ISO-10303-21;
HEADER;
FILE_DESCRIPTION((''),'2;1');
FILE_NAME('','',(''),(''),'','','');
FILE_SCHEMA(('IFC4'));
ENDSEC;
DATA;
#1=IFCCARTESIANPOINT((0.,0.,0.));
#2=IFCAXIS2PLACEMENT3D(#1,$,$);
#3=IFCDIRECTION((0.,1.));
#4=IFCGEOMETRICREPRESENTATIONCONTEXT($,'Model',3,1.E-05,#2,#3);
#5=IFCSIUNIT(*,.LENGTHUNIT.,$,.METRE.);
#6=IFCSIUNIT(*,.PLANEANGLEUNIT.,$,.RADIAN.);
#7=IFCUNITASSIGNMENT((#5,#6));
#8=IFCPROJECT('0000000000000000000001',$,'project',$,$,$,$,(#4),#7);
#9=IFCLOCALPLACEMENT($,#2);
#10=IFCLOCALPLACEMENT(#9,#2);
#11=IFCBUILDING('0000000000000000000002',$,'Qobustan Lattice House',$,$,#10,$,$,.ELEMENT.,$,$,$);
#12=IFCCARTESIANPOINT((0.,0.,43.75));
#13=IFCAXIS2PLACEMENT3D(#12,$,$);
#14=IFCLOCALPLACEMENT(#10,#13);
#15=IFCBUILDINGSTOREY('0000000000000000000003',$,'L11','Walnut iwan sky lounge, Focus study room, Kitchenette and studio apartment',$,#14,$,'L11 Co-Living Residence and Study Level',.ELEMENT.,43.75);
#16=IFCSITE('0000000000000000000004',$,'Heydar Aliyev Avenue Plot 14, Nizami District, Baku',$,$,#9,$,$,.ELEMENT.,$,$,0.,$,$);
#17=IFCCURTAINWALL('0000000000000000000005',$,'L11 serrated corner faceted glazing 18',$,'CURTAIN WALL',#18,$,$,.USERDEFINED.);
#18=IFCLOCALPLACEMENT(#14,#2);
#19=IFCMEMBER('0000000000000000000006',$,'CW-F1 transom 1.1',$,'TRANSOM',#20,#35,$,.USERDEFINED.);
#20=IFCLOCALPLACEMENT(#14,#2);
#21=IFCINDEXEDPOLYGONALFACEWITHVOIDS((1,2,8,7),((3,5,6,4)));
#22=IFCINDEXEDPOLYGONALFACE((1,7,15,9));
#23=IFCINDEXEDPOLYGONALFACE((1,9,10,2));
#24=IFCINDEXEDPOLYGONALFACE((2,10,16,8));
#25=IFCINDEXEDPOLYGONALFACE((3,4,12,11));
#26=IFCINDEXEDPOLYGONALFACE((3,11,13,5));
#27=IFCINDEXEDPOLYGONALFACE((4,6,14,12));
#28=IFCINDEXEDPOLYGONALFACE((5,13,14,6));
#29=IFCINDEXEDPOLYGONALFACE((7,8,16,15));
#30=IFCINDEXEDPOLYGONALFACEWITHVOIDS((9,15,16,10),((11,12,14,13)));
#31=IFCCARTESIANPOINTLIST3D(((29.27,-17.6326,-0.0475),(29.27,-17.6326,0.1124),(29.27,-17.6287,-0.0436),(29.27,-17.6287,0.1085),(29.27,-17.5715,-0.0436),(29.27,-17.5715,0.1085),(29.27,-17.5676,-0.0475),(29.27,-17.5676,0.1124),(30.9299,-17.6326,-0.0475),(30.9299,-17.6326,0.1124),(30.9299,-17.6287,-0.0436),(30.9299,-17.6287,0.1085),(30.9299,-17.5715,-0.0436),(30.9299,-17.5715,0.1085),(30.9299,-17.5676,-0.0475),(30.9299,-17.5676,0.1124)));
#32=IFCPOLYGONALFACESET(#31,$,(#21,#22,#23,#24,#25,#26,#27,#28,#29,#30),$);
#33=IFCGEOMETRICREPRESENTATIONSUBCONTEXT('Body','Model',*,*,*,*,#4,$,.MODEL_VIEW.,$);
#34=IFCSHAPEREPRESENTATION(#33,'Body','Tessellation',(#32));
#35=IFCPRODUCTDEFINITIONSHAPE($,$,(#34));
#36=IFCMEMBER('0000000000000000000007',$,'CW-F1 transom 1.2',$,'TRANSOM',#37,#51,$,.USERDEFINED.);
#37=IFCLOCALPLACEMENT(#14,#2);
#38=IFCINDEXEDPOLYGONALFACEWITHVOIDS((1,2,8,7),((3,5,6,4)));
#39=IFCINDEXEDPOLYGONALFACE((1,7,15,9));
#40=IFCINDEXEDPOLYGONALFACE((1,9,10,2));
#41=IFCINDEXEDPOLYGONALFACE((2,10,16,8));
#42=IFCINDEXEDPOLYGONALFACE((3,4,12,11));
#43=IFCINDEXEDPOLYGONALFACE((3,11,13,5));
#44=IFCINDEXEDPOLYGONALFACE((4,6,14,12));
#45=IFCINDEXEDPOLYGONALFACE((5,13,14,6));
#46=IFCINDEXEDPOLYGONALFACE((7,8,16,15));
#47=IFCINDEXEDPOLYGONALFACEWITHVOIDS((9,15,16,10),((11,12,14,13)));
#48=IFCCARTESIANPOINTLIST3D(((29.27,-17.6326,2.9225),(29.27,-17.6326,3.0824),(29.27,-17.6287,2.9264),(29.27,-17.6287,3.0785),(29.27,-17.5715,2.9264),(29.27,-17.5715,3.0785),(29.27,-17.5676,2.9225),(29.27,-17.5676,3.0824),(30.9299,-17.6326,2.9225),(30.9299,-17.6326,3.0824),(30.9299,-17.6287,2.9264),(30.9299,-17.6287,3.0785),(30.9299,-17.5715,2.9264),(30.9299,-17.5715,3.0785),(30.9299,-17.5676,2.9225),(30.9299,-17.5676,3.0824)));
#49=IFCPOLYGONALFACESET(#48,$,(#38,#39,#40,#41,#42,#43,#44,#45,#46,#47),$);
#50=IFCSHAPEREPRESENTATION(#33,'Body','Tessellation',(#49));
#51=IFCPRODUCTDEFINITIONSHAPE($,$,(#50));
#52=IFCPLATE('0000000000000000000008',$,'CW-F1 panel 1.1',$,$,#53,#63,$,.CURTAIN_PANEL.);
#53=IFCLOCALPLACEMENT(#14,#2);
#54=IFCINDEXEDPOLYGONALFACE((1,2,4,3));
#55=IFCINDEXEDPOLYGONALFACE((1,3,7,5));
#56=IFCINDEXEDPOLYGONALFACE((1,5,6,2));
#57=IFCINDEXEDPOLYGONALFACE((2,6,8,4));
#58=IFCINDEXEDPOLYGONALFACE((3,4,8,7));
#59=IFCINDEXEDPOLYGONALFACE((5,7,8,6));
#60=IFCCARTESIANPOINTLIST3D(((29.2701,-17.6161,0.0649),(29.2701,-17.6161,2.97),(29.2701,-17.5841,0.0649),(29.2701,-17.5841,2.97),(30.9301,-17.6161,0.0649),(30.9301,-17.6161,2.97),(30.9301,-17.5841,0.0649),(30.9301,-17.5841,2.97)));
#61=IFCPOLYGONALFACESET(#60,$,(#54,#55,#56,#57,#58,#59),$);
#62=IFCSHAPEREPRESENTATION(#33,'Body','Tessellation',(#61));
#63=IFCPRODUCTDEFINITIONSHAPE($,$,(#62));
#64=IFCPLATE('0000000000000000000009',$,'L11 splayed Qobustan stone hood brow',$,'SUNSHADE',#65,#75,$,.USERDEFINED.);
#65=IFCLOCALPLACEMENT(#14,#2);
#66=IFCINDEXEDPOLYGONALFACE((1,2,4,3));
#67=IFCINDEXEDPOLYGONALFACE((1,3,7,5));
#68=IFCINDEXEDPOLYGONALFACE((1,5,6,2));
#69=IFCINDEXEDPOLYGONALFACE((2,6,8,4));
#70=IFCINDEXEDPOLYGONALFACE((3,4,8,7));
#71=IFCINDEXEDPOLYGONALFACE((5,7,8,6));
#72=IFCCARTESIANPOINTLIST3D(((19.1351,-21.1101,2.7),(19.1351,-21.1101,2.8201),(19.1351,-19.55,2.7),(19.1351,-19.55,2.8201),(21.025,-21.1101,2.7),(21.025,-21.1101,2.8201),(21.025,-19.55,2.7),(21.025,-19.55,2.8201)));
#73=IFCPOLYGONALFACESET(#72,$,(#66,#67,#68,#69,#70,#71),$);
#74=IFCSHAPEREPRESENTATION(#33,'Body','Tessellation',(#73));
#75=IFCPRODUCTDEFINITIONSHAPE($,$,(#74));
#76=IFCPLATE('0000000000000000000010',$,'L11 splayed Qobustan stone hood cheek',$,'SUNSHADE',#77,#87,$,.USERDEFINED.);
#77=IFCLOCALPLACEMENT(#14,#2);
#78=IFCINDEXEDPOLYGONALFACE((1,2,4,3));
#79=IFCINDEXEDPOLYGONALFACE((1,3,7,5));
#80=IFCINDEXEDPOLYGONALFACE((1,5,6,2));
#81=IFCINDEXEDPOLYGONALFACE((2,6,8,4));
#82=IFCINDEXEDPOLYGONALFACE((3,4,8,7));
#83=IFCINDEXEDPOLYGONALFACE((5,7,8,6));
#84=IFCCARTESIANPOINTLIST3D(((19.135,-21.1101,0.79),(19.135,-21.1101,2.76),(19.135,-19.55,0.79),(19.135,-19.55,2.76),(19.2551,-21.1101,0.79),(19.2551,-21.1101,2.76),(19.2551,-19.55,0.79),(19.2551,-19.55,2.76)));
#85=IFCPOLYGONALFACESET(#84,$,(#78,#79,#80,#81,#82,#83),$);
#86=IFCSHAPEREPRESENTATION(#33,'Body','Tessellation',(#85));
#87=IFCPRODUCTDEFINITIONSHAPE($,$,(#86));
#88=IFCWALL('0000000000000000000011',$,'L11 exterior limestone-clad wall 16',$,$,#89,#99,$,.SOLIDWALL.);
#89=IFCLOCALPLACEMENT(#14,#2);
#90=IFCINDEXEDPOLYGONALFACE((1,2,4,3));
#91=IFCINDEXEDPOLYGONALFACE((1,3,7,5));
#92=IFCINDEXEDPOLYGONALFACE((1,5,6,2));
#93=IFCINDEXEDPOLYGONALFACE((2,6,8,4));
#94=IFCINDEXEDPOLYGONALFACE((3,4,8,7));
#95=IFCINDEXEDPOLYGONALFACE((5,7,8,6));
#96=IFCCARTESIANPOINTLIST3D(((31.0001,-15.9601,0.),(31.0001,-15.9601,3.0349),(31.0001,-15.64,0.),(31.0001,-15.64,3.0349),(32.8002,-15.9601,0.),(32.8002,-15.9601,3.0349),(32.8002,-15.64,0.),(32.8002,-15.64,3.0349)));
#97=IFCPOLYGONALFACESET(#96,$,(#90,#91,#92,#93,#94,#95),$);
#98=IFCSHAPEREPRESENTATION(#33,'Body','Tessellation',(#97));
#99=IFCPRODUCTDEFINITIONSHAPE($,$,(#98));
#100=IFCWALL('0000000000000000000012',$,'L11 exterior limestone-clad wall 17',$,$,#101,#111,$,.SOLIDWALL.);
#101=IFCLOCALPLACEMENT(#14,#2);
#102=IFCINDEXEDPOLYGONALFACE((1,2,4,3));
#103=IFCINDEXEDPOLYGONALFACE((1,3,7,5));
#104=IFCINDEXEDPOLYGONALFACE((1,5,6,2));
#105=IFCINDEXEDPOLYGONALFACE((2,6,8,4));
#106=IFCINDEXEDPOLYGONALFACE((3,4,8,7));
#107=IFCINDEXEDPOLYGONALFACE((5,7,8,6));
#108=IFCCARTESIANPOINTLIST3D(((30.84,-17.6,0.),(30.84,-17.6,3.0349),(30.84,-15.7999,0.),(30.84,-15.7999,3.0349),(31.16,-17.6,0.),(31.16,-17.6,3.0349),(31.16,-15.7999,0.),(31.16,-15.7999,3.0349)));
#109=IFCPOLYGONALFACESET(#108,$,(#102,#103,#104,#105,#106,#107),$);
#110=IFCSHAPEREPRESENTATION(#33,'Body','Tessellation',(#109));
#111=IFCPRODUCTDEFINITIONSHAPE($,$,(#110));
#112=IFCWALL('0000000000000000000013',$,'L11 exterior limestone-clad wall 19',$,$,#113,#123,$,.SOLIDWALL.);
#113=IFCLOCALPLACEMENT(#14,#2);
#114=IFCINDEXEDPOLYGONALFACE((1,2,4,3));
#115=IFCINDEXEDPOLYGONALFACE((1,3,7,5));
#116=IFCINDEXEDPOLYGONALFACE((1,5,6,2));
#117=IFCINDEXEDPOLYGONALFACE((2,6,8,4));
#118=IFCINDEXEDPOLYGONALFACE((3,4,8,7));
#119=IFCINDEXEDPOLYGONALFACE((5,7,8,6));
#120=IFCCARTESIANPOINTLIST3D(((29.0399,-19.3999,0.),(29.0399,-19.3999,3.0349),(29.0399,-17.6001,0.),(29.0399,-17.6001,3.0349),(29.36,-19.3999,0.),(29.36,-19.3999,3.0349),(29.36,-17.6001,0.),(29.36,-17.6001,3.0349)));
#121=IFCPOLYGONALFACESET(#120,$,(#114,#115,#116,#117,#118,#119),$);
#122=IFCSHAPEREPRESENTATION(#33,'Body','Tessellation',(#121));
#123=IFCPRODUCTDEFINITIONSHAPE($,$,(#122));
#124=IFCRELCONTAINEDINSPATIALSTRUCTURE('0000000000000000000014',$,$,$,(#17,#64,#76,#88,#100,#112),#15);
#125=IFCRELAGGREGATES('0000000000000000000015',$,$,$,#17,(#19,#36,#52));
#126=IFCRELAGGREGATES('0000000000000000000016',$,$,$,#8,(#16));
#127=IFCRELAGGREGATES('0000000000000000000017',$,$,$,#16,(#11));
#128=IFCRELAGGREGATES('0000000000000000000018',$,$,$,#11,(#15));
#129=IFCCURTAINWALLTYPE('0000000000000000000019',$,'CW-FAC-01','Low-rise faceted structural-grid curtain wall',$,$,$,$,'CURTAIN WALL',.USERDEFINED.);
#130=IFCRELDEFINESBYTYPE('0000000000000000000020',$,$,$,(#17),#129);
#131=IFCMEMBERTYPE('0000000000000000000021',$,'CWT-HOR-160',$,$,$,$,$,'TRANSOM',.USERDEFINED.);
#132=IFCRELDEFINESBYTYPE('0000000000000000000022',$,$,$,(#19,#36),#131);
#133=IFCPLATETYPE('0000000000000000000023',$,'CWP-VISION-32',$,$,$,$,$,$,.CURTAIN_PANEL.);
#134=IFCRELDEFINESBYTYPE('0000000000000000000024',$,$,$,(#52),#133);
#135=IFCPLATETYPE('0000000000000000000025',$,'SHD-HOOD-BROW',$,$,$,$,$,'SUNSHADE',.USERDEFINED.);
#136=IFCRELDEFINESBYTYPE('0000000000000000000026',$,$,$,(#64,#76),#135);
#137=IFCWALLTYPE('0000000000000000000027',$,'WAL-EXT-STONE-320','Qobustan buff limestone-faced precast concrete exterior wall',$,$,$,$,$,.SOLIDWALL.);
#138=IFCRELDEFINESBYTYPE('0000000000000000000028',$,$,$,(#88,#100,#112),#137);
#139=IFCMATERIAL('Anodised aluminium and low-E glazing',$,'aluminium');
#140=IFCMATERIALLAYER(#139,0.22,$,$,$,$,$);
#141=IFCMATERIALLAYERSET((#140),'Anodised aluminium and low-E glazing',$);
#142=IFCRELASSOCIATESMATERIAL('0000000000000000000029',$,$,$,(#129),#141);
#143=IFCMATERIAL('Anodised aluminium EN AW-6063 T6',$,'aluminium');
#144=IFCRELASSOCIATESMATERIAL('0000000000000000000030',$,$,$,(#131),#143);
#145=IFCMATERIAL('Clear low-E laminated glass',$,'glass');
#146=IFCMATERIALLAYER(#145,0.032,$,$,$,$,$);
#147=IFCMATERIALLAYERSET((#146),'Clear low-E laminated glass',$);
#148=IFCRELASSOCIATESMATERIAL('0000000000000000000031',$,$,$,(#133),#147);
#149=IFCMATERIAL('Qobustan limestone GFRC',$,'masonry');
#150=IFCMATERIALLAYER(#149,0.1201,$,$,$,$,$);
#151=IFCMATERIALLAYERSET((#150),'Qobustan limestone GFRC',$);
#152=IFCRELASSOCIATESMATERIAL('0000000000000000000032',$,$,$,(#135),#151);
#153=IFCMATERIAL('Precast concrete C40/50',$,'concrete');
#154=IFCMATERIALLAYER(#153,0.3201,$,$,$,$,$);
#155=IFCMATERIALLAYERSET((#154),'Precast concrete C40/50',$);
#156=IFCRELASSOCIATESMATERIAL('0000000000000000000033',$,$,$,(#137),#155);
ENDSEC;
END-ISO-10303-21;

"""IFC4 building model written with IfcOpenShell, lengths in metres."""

from ifc_helpers import new_model, si_unit, direction, frame, frame_2d, origin, origin_2d, place, context, subcontext, project, spatial, rectangle, hollow_rectangle, extrude, material, layer, layer_set, material_profile, profile_set, type_object, element, aggregate, save


model = new_model("IFC4")

# Units and contexts
model_context = context("Model", 3, precision=1e-05, world=origin(), true_north=direction((0.0, 1.0)))
body_context = subcontext(model_context, "Body", "Model", "MODEL_VIEW")
ifc_project = project(units=[si_unit("LENGTHUNIT", "METRE"), si_unit("PLANEANGLEUNIT", "RADIAN")], contexts=[model_context])

# Site, building, storey
site_placement = place(None, origin())
site = spatial("IfcSite", under=ifc_project, at=site_placement, Name="Heydar Aliyev Avenue Plot 14, Nizami District, Baku", CompositionType="ELEMENT", RefElevation=0.0)
building_placement = place(site_placement, origin())
building = spatial("IfcBuilding", under=site, at=building_placement, Name="Qobustan Lattice House", CompositionType="ELEMENT")
storey_placement = place(building_placement, frame((0.0, 0.0, 43.75)))
storey = spatial("IfcBuildingStorey", under=building, at=storey_placement, Name="L11", Description="Walnut iwan sky lounge, Focus study room, Kitchenette and studio apartment", LongName="L11 Co-Living Residence and Study Level", CompositionType="ELEMENT", Elevation=43.75)

# Curtain wall, members, plate
ifc_material_1 = material(Name="Anodised aluminium and low-E glazing", Category="aluminium")
ifc_layer_1 = layer(ifc_material_1, 0.22)
ifc_layer_set_1 = layer_set([ifc_layer_1], Name="Anodised aluminium and low-E glazing")
curtain_wall_type = type_object("IfcCurtainWallType", Name="CW-FAC-01", Description="Low-rise faceted structural-grid curtain wall", ElementType="CURTAIN WALL", PredefinedType="USERDEFINED", material=ifc_layer_set_1)
curtain_wall_placement = place(storey_placement, origin())
curtain_wall = element("IfcCurtainWall", 1, at=curtain_wall_placement, inside=storey, type_object=curtain_wall_type, Name="L11 serrated corner faceted glazing 18", ObjectType="CURTAIN WALL", PredefinedType="USERDEFINED")
ifc_material_2 = material(Name="Anodised aluminium EN AW-6063 T6", Category="aluminium")
ifc_material_profile_1 = material_profile(ifc_material_2, hollow_rectangle(XDim=0.0649, YDim=0.1599, WallThickness=0.0039, at=origin_2d()), Name="CWT-160x65")
ifc_profile_set_1 = profile_set([ifc_material_profile_1], Name="Anodised aluminium EN AW-6063 T6")
member_type_1 = type_object("IfcMemberType", Name="CWT-HOR-160", ElementType="TRANSOM", PredefinedType="USERDEFINED", material=ifc_profile_set_1)
member_1_placement = place(storey_placement, frame((30.9299, -17.6001, 0.0325), z_axis=(-1.0, 0.0, 0.0), x_axis=(0.0, -1.0, 0.0)))
member_1 = element("IfcMember", 2, at=member_1_placement, type_object=member_type_1, Name="CW-F1 transom 1.1", ObjectType="TRANSOM", PredefinedType="USERDEFINED", context=body_context, shape_type="SweptSolid", body=[
    extrude(hollow_rectangle(XDim=0.0649, YDim=0.1599, WallThickness=0.0039, at=origin_2d()), origin(), (0.0, 0.0, 1.0), 1.6599),
])
member_2_placement = place(storey_placement, frame((30.9299, -17.6001, 3.0024), z_axis=(-1.0, 0.0, 0.0), x_axis=(0.0, -1.0, 0.0)))
member_2 = element("IfcMember", 3, at=member_2_placement, type_object=member_type_1, Name="CW-F1 transom 1.2", ObjectType="TRANSOM", PredefinedType="USERDEFINED", context=body_context, shape_type="SweptSolid", body=[
    extrude(hollow_rectangle(XDim=0.0649, YDim=0.1599, WallThickness=0.0039, at=origin_2d()), origin(), (0.0, 0.0, 1.0), 1.6599),
])
ifc_material_3 = material(Name="Clear low-E laminated glass", Category="glass")
ifc_layer_2 = layer(ifc_material_3, 0.032)
ifc_layer_set_2 = layer_set([ifc_layer_2], Name="Clear low-E laminated glass")
plate_type_1 = type_object("IfcPlateType", Name="CWP-VISION-32", PredefinedType="CURTAIN_PANEL", material=ifc_layer_set_2)
plate_1_placement = place(storey_placement, frame((30.1001, -17.6001, 0.0649), z_axis=(0.0, 0.0, 1.0), x_axis=(-1.0, 0.0, 0.0)))
plate_1 = element("IfcPlate", 4, at=plate_1_placement, type_object=plate_type_1, Name="CW-F1 panel 1.1", PredefinedType="CURTAIN_PANEL", context=body_context, shape_type="SweptSolid", body=[
    extrude(rectangle(XDim=1.6599, YDim=0.032, at=origin_2d()), origin(), (0.0, 0.0, 1.0), 2.905),
])
aggregate(curtain_wall, [member_1, member_2, plate_1])

# Plates
ifc_material_4 = material(Name="Qobustan limestone GFRC", Category="masonry")
ifc_layer_3 = layer(ifc_material_4, 0.1201)
ifc_layer_set_3 = layer_set([ifc_layer_3], Name="Qobustan limestone GFRC")
plate_type_2 = type_object("IfcPlateType", Name="SHD-HOOD-BROW", ElementType="SUNSHADE", PredefinedType="USERDEFINED", material=ifc_layer_set_3)
plate_2_placement = place(storey_placement, frame((20.0801, -20.3301, 2.7), z_axis=(0.0, 0.0, 1.0), x_axis=(-1.0, 0.0, 0.0)))
element("IfcPlate", 5, at=plate_2_placement, inside=storey, type_object=plate_type_2, Name="L11 splayed Qobustan stone hood brow", ObjectType="SUNSHADE", PredefinedType="USERDEFINED", context=body_context, shape_type="SweptSolid", body=[
    extrude(rectangle(XDim=1.8899, YDim=1.5601, at=origin_2d()), origin(), (0.0, 0.0, 1.0), 0.1201),
])
plate_3_placement = place(storey_placement, frame((19.1951, -20.3301, 0.79), z_axis=(0.0, 0.0, 1.0), x_axis=(-1.0, 0.0, 0.0)))
element("IfcPlate", 6, at=plate_3_placement, inside=storey, type_object=plate_type_2, Name="L11 splayed Qobustan stone hood cheek", ObjectType="SUNSHADE", PredefinedType="USERDEFINED", context=body_context, shape_type="SweptSolid", body=[
    extrude(rectangle(XDim=0.1201, YDim=1.5601, at=origin_2d()), origin(), (0.0, 0.0, 1.0), 1.97),
])

# Walls
ifc_material_5 = material(Name="Precast concrete C40/50", Category="concrete")
ifc_layer_4 = layer(ifc_material_5, 0.3201)
ifc_layer_set_4 = layer_set([ifc_layer_4], Name="Precast concrete C40/50")
wall_type = type_object("IfcWallType", Name="WAL-EXT-STONE-320", Description="Qobustan buff limestone-faced precast concrete exterior wall", PredefinedType="SOLIDWALL", material=ifc_layer_set_4)
for number, where, z_axis, x_axis, name in (
    (7, (32.8, -15.8, 0.0), (0.0, 0.0, 1.0), (-1.0, 0.0, 0.0), "L11 exterior limestone-clad wall 16"),
    (8, (31.0, -15.8, 0.0), (0.0, 0.0, 1.0), (0.0, -1.0, 0.0), "L11 exterior limestone-clad wall 17"),
):
    element("IfcWall", number, at=place(storey_placement, frame(where, z_axis=z_axis, x_axis=x_axis)), inside=storey, type_object=wall_type, Name=name, PredefinedType="SOLIDWALL", context=body_context, shape_type="SweptSolid", body=[
        extrude(rectangle(XDim=1.8, YDim=0.3201, at=frame_2d((0.8999, 0.0))), origin(), (0.0, 0.0, 1.0), 3.0349),
    ])
wall_1_placement = place(storey_placement, frame((29.2, -17.6001, 0.0), z_axis=(0.0, 0.0, 1.0), x_axis=(0.0, -1.0, 0.0)))
element("IfcWall", 9, at=wall_1_placement, inside=storey, type_object=wall_type, Name="L11 exterior limestone-clad wall 19", PredefinedType="SOLIDWALL", context=body_context, shape_type="SweptSolid", body=[
    extrude(rectangle(XDim=1.7998, YDim=0.3201, at=frame_2d((0.8999, 0.0))), origin(), (0.0, 0.0, 1.0), 3.0349),
])

save(model, "model.ifc")
